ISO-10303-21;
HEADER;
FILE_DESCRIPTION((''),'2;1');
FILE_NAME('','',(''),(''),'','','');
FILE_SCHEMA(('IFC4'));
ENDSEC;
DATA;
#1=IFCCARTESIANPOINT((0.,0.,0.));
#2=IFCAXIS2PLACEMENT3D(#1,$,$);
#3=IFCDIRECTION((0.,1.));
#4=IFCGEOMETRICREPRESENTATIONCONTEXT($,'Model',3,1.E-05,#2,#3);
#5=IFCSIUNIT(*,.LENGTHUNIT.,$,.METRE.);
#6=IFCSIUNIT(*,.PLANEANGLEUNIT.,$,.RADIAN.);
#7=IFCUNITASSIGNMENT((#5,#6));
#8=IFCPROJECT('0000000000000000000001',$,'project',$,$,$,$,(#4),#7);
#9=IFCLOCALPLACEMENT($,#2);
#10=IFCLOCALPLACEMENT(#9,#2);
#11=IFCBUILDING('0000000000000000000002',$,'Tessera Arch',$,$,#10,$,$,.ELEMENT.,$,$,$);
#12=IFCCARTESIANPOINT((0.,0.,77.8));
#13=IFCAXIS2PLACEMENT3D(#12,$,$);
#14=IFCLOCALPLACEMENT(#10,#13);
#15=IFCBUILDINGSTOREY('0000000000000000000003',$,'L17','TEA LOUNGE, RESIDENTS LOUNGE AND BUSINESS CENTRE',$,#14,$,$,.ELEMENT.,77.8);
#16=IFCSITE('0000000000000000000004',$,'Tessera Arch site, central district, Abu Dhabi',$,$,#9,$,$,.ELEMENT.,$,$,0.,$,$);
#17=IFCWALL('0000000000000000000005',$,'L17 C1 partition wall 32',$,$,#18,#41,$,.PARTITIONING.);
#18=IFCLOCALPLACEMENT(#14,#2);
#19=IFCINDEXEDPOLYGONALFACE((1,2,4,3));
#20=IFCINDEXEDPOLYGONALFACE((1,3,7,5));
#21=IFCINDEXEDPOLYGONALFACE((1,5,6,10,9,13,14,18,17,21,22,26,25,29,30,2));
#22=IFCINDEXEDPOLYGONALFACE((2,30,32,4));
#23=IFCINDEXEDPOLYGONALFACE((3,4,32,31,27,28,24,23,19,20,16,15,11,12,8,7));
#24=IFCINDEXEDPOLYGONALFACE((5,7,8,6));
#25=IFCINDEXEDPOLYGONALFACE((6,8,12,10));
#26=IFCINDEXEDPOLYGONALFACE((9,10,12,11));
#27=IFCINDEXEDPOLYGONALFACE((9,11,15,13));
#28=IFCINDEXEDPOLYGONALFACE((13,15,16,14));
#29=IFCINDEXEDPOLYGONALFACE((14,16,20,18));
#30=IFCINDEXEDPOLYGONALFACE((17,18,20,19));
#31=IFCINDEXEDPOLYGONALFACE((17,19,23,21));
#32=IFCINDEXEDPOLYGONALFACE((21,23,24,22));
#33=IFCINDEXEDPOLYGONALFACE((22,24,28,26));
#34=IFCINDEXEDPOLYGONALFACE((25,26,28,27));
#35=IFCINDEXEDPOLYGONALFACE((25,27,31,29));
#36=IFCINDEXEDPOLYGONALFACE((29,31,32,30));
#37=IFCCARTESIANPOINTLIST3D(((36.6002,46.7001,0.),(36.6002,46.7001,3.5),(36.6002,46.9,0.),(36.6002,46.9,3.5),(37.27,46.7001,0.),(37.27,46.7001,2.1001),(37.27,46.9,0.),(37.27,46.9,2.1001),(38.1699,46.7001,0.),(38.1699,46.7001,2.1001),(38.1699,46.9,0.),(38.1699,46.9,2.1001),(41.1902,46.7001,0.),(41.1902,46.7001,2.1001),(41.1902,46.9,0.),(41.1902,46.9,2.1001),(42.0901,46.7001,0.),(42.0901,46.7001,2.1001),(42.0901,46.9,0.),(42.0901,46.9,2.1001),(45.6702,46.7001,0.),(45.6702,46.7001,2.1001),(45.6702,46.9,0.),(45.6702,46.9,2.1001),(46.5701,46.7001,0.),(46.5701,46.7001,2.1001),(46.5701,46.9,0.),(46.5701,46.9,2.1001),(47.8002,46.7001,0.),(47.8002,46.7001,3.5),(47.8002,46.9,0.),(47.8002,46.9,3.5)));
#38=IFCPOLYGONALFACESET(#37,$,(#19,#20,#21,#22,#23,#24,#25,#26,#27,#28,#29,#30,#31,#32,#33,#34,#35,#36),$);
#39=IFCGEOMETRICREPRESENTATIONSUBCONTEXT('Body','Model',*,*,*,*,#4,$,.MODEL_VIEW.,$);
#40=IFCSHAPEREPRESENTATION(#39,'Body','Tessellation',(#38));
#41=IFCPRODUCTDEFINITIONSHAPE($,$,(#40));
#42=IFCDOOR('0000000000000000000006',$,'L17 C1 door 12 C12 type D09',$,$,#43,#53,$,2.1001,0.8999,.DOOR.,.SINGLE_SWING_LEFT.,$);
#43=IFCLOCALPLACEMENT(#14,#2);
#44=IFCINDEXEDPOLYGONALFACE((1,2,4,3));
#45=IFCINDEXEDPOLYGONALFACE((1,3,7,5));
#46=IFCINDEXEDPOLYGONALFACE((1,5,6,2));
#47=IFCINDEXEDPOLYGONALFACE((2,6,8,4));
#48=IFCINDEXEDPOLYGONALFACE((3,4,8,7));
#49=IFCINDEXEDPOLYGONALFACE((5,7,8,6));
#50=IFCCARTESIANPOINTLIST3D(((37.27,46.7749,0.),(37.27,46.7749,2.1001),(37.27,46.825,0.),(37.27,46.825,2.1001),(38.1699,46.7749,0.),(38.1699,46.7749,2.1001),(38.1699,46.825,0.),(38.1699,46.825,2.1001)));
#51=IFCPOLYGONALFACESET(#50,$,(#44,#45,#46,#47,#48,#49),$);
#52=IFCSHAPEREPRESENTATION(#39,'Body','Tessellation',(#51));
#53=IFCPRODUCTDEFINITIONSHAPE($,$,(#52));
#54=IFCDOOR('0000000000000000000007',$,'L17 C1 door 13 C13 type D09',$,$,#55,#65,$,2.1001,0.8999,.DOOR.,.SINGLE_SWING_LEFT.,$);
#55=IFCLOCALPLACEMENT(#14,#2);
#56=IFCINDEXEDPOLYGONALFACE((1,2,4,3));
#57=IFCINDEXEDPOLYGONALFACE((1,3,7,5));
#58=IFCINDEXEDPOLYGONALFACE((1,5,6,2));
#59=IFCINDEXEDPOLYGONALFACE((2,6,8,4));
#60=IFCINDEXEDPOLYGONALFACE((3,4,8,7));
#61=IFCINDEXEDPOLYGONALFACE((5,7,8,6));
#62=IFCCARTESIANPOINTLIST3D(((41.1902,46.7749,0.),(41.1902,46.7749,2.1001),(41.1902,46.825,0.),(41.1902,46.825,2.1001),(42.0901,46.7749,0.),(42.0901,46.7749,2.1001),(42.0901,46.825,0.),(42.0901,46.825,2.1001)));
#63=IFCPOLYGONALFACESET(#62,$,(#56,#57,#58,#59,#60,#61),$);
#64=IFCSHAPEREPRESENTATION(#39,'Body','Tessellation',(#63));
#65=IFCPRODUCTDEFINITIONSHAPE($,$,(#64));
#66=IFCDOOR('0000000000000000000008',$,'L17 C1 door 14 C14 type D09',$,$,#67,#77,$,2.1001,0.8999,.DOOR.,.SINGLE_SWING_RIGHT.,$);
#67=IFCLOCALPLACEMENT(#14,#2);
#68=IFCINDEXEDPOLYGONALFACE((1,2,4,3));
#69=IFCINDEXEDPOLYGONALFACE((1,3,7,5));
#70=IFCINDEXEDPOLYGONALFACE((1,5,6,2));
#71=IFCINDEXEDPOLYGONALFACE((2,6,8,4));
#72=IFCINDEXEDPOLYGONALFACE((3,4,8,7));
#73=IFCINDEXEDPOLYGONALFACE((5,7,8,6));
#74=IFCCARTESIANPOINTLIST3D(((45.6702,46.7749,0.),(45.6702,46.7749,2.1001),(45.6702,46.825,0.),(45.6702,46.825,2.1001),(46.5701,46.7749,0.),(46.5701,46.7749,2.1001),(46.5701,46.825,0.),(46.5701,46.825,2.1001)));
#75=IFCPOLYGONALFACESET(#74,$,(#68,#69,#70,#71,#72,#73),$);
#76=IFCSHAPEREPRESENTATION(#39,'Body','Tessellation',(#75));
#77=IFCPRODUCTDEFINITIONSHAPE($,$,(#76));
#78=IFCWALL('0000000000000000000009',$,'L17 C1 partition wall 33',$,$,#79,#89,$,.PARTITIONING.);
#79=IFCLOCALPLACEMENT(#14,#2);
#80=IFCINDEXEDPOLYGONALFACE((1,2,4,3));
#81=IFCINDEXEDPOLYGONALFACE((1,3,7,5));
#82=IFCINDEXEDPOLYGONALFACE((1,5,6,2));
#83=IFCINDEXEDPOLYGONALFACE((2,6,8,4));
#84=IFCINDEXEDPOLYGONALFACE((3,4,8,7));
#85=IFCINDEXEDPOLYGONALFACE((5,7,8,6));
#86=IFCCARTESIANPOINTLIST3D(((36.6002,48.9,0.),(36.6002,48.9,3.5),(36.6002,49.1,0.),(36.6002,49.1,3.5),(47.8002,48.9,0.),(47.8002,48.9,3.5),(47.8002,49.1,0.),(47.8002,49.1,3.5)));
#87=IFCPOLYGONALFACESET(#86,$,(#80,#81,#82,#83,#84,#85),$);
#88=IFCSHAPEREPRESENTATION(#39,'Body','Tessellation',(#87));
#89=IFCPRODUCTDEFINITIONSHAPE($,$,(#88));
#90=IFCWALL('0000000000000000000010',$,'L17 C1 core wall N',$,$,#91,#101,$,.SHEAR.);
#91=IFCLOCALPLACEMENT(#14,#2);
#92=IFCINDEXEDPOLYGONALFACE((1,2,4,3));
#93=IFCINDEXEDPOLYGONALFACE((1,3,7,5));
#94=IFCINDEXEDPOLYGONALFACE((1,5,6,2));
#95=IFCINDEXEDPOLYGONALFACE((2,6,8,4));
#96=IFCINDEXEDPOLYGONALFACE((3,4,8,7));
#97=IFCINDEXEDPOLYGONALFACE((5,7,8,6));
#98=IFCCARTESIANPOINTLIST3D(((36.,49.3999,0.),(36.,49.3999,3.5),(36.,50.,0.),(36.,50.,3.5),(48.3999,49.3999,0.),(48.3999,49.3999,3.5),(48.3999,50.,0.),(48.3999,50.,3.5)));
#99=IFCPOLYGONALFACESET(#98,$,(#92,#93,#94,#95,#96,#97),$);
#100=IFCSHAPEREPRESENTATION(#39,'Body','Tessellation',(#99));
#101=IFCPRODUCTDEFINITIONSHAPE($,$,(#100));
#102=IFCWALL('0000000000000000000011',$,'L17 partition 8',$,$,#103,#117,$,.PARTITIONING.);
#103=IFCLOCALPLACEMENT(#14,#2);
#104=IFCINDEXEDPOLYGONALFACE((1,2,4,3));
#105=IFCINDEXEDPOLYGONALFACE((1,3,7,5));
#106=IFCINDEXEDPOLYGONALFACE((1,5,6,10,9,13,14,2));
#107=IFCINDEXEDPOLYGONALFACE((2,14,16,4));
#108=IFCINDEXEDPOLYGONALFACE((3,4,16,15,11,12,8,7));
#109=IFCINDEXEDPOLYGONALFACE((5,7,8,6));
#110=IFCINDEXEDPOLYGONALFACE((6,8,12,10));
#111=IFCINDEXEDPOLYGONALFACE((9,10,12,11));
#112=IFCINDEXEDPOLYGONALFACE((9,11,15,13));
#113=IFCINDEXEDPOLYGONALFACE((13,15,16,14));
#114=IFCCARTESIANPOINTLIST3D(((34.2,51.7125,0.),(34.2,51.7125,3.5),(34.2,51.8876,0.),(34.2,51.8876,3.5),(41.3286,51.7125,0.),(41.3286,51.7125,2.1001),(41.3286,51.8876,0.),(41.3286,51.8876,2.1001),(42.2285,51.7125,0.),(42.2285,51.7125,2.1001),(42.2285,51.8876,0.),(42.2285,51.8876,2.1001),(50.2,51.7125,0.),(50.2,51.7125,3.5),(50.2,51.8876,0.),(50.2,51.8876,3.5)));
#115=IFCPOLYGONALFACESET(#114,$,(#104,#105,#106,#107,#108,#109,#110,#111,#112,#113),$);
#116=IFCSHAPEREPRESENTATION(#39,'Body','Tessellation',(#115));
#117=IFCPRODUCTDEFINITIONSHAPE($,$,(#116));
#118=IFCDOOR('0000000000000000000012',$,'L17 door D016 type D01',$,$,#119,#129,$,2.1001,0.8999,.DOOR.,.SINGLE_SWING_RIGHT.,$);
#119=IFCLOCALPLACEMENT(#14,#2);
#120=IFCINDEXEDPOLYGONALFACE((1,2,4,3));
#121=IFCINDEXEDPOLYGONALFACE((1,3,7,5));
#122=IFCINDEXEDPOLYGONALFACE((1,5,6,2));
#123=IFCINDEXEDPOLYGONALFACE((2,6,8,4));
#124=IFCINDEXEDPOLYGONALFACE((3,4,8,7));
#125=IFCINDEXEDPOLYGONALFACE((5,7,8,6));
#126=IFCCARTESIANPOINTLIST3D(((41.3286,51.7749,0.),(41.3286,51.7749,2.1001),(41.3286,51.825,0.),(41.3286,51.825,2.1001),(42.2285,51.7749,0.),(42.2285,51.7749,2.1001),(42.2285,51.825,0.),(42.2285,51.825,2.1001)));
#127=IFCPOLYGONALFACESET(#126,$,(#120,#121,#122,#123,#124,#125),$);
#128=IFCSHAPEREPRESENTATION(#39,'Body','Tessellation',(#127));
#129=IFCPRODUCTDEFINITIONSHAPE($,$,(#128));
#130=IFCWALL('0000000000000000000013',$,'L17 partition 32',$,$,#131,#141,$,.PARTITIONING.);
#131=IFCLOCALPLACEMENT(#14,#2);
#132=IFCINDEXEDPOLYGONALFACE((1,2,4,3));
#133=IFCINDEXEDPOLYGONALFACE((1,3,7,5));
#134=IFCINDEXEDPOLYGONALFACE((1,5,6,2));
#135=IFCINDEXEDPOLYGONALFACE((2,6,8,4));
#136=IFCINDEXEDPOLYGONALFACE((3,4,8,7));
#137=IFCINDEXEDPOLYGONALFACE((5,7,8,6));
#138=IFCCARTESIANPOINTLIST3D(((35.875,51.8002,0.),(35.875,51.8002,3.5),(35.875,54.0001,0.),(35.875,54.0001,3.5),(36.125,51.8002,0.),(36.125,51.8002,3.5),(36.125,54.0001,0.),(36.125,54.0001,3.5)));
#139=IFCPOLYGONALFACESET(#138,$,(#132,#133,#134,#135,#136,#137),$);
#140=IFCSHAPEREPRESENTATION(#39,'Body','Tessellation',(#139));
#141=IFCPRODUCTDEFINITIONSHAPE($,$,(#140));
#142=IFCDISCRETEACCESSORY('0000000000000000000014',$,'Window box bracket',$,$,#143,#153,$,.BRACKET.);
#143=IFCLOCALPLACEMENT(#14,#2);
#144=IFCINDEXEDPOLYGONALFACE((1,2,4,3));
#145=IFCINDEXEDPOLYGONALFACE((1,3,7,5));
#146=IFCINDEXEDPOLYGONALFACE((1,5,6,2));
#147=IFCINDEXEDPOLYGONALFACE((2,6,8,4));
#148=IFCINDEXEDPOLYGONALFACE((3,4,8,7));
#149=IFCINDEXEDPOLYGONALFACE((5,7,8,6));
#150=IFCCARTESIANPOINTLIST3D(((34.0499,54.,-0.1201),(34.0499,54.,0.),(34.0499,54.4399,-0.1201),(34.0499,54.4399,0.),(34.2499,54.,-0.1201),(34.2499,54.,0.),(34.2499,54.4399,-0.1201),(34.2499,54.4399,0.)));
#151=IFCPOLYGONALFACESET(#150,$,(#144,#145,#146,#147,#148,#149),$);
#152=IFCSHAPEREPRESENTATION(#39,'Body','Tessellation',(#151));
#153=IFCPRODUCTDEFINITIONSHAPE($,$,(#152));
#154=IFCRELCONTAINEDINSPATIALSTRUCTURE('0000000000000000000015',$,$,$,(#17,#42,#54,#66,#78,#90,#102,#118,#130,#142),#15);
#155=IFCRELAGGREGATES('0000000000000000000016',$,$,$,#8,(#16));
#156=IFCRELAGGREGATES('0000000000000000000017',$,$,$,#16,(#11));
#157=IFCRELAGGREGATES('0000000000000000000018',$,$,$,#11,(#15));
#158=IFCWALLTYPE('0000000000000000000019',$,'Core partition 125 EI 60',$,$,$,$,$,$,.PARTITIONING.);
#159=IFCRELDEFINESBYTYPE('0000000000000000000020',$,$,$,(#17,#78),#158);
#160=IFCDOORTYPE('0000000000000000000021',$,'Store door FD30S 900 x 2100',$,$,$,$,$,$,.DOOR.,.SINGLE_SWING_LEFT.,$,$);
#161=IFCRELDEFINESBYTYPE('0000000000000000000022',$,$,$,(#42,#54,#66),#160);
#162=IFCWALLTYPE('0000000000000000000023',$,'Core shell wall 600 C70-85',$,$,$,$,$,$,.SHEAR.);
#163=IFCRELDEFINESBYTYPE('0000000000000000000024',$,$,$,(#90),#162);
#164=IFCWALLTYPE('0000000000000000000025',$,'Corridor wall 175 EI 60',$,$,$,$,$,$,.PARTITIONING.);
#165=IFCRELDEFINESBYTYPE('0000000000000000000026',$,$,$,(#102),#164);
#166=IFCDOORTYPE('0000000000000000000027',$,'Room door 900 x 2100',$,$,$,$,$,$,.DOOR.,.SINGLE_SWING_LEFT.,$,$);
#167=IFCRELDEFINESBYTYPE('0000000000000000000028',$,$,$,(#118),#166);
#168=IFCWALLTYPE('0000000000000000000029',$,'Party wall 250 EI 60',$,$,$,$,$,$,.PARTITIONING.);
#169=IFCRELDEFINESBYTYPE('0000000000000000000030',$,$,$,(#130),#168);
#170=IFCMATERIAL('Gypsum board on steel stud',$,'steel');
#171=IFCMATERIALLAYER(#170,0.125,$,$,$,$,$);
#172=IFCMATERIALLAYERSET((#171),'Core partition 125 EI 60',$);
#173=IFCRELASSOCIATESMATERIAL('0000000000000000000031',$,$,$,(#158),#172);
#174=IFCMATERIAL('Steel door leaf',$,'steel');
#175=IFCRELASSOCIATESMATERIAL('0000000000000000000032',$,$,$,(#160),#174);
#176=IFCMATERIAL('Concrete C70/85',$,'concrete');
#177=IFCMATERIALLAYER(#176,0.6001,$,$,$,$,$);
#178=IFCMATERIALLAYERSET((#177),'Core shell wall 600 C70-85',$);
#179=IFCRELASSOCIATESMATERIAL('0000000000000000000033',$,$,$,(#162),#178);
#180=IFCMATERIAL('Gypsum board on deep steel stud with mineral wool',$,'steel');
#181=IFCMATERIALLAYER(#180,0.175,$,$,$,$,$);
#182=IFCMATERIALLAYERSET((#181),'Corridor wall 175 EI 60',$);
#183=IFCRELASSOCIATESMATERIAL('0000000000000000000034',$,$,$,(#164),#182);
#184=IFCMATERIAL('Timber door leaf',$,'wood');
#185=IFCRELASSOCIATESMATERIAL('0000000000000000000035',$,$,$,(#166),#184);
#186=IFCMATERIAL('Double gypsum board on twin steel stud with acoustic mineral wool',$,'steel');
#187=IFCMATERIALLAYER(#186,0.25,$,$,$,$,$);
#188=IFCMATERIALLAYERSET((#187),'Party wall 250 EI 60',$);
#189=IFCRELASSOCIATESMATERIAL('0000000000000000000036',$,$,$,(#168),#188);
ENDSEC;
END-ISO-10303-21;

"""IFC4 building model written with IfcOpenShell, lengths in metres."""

from ifc_helpers import new_model, si_unit, direction, frame, frame_2d, origin, origin_2d, place, context, subcontext, project, spatial, rectangle, extrude, material, layer, layer_set, type_object, element, fill, save


model = new_model("IFC4")

# Units and contexts
model_context = context("Model", 3, precision=1e-05, world=origin(), true_north=direction((0.0, 1.0)))
body_context = subcontext(model_context, "Body", "Model", "MODEL_VIEW")
ifc_project = project(units=[si_unit("LENGTHUNIT", "METRE"), si_unit("PLANEANGLEUNIT", "RADIAN")], contexts=[model_context])

# Site, building, storey
site_placement = place(None, origin())
site = spatial("IfcSite", under=ifc_project, at=site_placement, Name="Tessera Arch site, central district, Abu Dhabi", CompositionType="ELEMENT", RefElevation=0.0)
building_placement = place(site_placement, origin())
building = spatial("IfcBuilding", under=site, at=building_placement, Name="Tessera Arch", CompositionType="ELEMENT")
storey_placement = place(building_placement, frame((0.0, 0.0, 77.8)))
storey = spatial("IfcBuildingStorey", under=building, at=storey_placement, Name="L17", Description="TEA LOUNGE, RESIDENTS LOUNGE AND BUSINESS CENTRE", CompositionType="ELEMENT", Elevation=77.8)

# Shared definitions
ifc_material_1 = material(Name="Gypsum board on steel stud", Category="steel")
ifc_layer_1 = layer(ifc_material_1, 0.125)
ifc_layer_set_1 = layer_set([ifc_layer_1], Name="Core partition 125 EI 60")
wall_type_1 = type_object("IfcWallType", Name="Core partition 125 EI 60", PredefinedType="PARTITIONING", material=ifc_layer_set_1)

# Wall, openings, doors
wall_1_placement = place(storey_placement, frame((36.6001, 46.8, 0.0), z_axis=(0.0, 0.0, 1.0), x_axis=(1.0, 0.0, 0.0)))
wall_1 = element("IfcWall", 1, at=wall_1_placement, inside=storey, type_object=wall_type_1, Name="L17 C1 partition wall 32", PredefinedType="PARTITIONING", context=body_context, shape_type="SweptSolid", body=[
    extrude(rectangle(XDim=11.2, YDim=0.2, at=frame_2d((5.6001, 0.0))), origin(), (0.0, 0.0, 1.0), 3.5),
])
opening_1_placement = place(wall_1_placement, frame((0.6699, 0.0, 0.0)))
opening_1 = element("IfcOpeningElement", 2, at=opening_1_placement, cuts=wall_1, PredefinedType="OPENING", context=body_context, shape_type="SweptSolid", body=[
    extrude(rectangle(XDim=0.8999, YDim=2.1001, at=frame_2d((0.45, 1.05))), frame((0.0, 0.1099, 0.0), z_axis=(0.0, -1.0, 0.0), x_axis=(1.0, 0.0, 0.0)), (0.0, 0.0, 1.0), 0.22),
])
opening_2_placement = place(wall_1_placement, frame((4.5901, 0.0, 0.0)))
opening_2 = element("IfcOpeningElement", 3, at=opening_2_placement, cuts=wall_1, PredefinedType="OPENING", context=body_context, shape_type="SweptSolid", body=[
    extrude(rectangle(XDim=0.8999, YDim=2.1001, at=frame_2d((0.45, 1.05))), frame((0.0, 0.1099, 0.0), z_axis=(0.0, -1.0, 0.0), x_axis=(1.0, 0.0, 0.0)), (0.0, 0.0, 1.0), 0.22),
])
opening_3_placement = place(wall_1_placement, frame((9.0701, 0.0, 0.0)))
opening_3 = element("IfcOpeningElement", 4, at=opening_3_placement, cuts=wall_1, PredefinedType="OPENING", context=body_context, shape_type="SweptSolid", body=[
    extrude(rectangle(XDim=0.8999, YDim=2.1001, at=frame_2d((0.45, 1.05))), frame((0.0, 0.1099, 0.0), z_axis=(0.0, -1.0, 0.0), x_axis=(1.0, 0.0, 0.0)), (0.0, 0.0, 1.0), 0.22),
])
ifc_material_2 = material(Name="Steel door leaf", Category="steel")
door_type_1 = type_object("IfcDoorType", Name="Store door FD30S 900 x 2100", OperationType="SINGLE_SWING_LEFT", PredefinedType="DOOR", material=ifc_material_2)
door_1_placement = place(opening_1_placement, origin())
door_1 = element("IfcDoor", 5, at=door_1_placement, inside=storey, type_object=door_type_1, Name="L17 C1 door 12 C12 type D09", OperationType="SINGLE_SWING_LEFT", OverallHeight=2.1001, OverallWidth=0.8999, PredefinedType="DOOR", context=body_context, shape_type="SweptSolid", body=[
    extrude(rectangle(XDim=0.8999, YDim=2.1001, at=frame_2d((0.45, 1.05))), frame((0.0, 0.0249, 0.0), z_axis=(0.0, -1.0, 0.0), x_axis=(1.0, 0.0, 0.0)), (0.0, 0.0, 1.0), 0.05),
])
fill(opening_1, door_1)
door_2_placement = place(opening_2_placement, origin())
door_2 = element("IfcDoor", 6, at=door_2_placement, inside=storey, type_object=door_type_1, Name="L17 C1 door 13 C13 type D09", OperationType="SINGLE_SWING_LEFT", OverallHeight=2.1001, OverallWidth=0.8999, PredefinedType="DOOR", context=body_context, shape_type="SweptSolid", body=[
    extrude(rectangle(XDim=0.8999, YDim=2.1001, at=frame_2d((0.45, 1.05))), frame((0.0, 0.0249, 0.0), z_axis=(0.0, -1.0, 0.0), x_axis=(1.0, 0.0, 0.0)), (0.0, 0.0, 1.0), 0.05),
])
fill(opening_2, door_2)
door_3_placement = place(opening_3_placement, origin())
door_3 = element("IfcDoor", 7, at=door_3_placement, inside=storey, type_object=door_type_1, Name="L17 C1 door 14 C14 type D09", OperationType="SINGLE_SWING_RIGHT", OverallHeight=2.1001, OverallWidth=0.8999, PredefinedType="DOOR", context=body_context, shape_type="SweptSolid", body=[
    extrude(rectangle(XDim=0.8999, YDim=2.1001, at=frame_2d((0.45, 1.05))), frame((0.0, 0.0249, 0.0), z_axis=(0.0, -1.0, 0.0), x_axis=(1.0, 0.0, 0.0)), (0.0, 0.0, 1.0), 0.05),
])
fill(opening_3, door_3)

# Walls
wall_2_placement = place(storey_placement, frame((36.6001, 49.0, 0.0), z_axis=(0.0, 0.0, 1.0), x_axis=(1.0, 0.0, 0.0)))
element("IfcWall", 8, at=wall_2_placement, inside=storey, type_object=wall_type_1, Name="L17 C1 partition wall 33", PredefinedType="PARTITIONING", context=body_context, shape_type="SweptSolid", body=[
    extrude(rectangle(XDim=11.2, YDim=0.2, at=frame_2d((5.6001, 0.0))), origin(), (0.0, 0.0, 1.0), 3.5),
])
ifc_material_3 = material(Name="Concrete C70/85", Category="concrete")
ifc_layer_2 = layer(ifc_material_3, 0.6001)
ifc_layer_set_2 = layer_set([ifc_layer_2], Name="Core shell wall 600 C70-85")
wall_type_2 = type_object("IfcWallType", Name="Core shell wall 600 C70-85", PredefinedType="SHEAR", material=ifc_layer_set_2)
wall_3_placement = place(storey_placement, frame((36.0, 49.7, 0.0), z_axis=(0.0, 0.0, 1.0), x_axis=(1.0, 0.0, 0.0)))
element("IfcWall", 9, at=wall_3_placement, inside=storey, type_object=wall_type_2, Name="L17 C1 core wall N", PredefinedType="SHEAR", context=body_context, shape_type="SweptSolid", body=[
    extrude(rectangle(XDim=12.3999, YDim=0.6001, at=frame_2d((6.2, 0.0))), origin(), (0.0, 0.0, 1.0), 3.5),
])

# Wall, opening, door
ifc_material_4 = material(Name="Gypsum board on deep steel stud with mineral wool", Category="steel")
ifc_layer_3 = layer(ifc_material_4, 0.175)
ifc_layer_set_3 = layer_set([ifc_layer_3], Name="Corridor wall 175 EI 60")
wall_type_3 = type_object("IfcWallType", Name="Corridor wall 175 EI 60", PredefinedType="PARTITIONING", material=ifc_layer_set_3)
wall_4_placement = place(storey_placement, frame((34.2, 51.8, 0.0), z_axis=(0.0, 0.0, 1.0), x_axis=(1.0, 0.0, 0.0)))
wall_4 = element("IfcWall", 10, at=wall_4_placement, inside=storey, type_object=wall_type_3, Name="L17 partition 8", PredefinedType="PARTITIONING", context=body_context, shape_type="SweptSolid", body=[
    extrude(rectangle(XDim=16.0, YDim=0.175, at=frame_2d((8.0, 0.0))), origin(), (0.0, 0.0, 1.0), 3.5),
])
opening_4_placement = place(wall_4_placement, frame((7.1287, 0.0, 0.0)))
opening_4 = element("IfcOpeningElement", 11, at=opening_4_placement, cuts=wall_4, PredefinedType="OPENING", context=body_context, shape_type="SweptSolid", body=[
    extrude(rectangle(XDim=0.8999, YDim=2.1001, at=frame_2d((0.45, 1.05))), frame((0.0, 0.0974, 0.0), z_axis=(0.0, -1.0, 0.0), x_axis=(1.0, 0.0, 0.0)), (0.0, 0.0, 1.0), 0.1951),
])
ifc_material_5 = material(Name="Timber door leaf", Category="wood")
door_type_2 = type_object("IfcDoorType", Name="Room door 900 x 2100", OperationType="SINGLE_SWING_LEFT", PredefinedType="DOOR", material=ifc_material_5)
door_4_placement = place(opening_4_placement, origin())
door_4 = element("IfcDoor", 12, at=door_4_placement, inside=storey, type_object=door_type_2, Name="L17 door D016 type D01", OperationType="SINGLE_SWING_RIGHT", OverallHeight=2.1001, OverallWidth=0.8999, PredefinedType="DOOR", context=body_context, shape_type="SweptSolid", body=[
    extrude(rectangle(XDim=0.8999, YDim=2.1001, at=frame_2d((0.45, 1.05))), frame((0.0, 0.0249, 0.0), z_axis=(0.0, -1.0, 0.0), x_axis=(1.0, 0.0, 0.0)), (0.0, 0.0, 1.0), 0.05),
])
fill(opening_4, door_4)

# Wall
ifc_material_6 = material(Name="Double gypsum board on twin steel stud with acoustic mineral wool", Category="steel")
ifc_layer_4 = layer(ifc_material_6, 0.25)
ifc_layer_set_4 = layer_set([ifc_layer_4], Name="Party wall 250 EI 60")
wall_type_4 = type_object("IfcWallType", Name="Party wall 250 EI 60", PredefinedType="PARTITIONING", material=ifc_layer_set_4)
wall_5_placement = place(storey_placement, frame((36.0, 51.8, 0.0), z_axis=(0.0, 0.0, 1.0), x_axis=(0.0, 1.0, 0.0)))
element("IfcWall", 13, at=wall_5_placement, inside=storey, type_object=wall_type_4, Name="L17 partition 32", PredefinedType="PARTITIONING", context=body_context, shape_type="SweptSolid", body=[
    extrude(rectangle(XDim=2.2, YDim=0.25, at=frame_2d((1.1001, 0.0))), origin(), (0.0, 0.0, 1.0), 3.5),
])

# Discrete accessory
discrete_accessory_placement = place(storey_placement, frame((34.1499, 54.22, -0.1201), z_axis=(0.0, 0.0, 1.0), x_axis=(0.0, 1.0, 0.0)))
element("IfcDiscreteAccessory", 14, at=discrete_accessory_placement, inside=storey, Name="Window box bracket", PredefinedType="BRACKET", context=body_context, shape_type="SweptSolid", body=[
    extrude(rectangle(XDim=0.4399, YDim=0.2, at=origin_2d()), origin(), (0.0, 0.0, 1.0), 0.1201),
])

save(model, "model.ifc")
